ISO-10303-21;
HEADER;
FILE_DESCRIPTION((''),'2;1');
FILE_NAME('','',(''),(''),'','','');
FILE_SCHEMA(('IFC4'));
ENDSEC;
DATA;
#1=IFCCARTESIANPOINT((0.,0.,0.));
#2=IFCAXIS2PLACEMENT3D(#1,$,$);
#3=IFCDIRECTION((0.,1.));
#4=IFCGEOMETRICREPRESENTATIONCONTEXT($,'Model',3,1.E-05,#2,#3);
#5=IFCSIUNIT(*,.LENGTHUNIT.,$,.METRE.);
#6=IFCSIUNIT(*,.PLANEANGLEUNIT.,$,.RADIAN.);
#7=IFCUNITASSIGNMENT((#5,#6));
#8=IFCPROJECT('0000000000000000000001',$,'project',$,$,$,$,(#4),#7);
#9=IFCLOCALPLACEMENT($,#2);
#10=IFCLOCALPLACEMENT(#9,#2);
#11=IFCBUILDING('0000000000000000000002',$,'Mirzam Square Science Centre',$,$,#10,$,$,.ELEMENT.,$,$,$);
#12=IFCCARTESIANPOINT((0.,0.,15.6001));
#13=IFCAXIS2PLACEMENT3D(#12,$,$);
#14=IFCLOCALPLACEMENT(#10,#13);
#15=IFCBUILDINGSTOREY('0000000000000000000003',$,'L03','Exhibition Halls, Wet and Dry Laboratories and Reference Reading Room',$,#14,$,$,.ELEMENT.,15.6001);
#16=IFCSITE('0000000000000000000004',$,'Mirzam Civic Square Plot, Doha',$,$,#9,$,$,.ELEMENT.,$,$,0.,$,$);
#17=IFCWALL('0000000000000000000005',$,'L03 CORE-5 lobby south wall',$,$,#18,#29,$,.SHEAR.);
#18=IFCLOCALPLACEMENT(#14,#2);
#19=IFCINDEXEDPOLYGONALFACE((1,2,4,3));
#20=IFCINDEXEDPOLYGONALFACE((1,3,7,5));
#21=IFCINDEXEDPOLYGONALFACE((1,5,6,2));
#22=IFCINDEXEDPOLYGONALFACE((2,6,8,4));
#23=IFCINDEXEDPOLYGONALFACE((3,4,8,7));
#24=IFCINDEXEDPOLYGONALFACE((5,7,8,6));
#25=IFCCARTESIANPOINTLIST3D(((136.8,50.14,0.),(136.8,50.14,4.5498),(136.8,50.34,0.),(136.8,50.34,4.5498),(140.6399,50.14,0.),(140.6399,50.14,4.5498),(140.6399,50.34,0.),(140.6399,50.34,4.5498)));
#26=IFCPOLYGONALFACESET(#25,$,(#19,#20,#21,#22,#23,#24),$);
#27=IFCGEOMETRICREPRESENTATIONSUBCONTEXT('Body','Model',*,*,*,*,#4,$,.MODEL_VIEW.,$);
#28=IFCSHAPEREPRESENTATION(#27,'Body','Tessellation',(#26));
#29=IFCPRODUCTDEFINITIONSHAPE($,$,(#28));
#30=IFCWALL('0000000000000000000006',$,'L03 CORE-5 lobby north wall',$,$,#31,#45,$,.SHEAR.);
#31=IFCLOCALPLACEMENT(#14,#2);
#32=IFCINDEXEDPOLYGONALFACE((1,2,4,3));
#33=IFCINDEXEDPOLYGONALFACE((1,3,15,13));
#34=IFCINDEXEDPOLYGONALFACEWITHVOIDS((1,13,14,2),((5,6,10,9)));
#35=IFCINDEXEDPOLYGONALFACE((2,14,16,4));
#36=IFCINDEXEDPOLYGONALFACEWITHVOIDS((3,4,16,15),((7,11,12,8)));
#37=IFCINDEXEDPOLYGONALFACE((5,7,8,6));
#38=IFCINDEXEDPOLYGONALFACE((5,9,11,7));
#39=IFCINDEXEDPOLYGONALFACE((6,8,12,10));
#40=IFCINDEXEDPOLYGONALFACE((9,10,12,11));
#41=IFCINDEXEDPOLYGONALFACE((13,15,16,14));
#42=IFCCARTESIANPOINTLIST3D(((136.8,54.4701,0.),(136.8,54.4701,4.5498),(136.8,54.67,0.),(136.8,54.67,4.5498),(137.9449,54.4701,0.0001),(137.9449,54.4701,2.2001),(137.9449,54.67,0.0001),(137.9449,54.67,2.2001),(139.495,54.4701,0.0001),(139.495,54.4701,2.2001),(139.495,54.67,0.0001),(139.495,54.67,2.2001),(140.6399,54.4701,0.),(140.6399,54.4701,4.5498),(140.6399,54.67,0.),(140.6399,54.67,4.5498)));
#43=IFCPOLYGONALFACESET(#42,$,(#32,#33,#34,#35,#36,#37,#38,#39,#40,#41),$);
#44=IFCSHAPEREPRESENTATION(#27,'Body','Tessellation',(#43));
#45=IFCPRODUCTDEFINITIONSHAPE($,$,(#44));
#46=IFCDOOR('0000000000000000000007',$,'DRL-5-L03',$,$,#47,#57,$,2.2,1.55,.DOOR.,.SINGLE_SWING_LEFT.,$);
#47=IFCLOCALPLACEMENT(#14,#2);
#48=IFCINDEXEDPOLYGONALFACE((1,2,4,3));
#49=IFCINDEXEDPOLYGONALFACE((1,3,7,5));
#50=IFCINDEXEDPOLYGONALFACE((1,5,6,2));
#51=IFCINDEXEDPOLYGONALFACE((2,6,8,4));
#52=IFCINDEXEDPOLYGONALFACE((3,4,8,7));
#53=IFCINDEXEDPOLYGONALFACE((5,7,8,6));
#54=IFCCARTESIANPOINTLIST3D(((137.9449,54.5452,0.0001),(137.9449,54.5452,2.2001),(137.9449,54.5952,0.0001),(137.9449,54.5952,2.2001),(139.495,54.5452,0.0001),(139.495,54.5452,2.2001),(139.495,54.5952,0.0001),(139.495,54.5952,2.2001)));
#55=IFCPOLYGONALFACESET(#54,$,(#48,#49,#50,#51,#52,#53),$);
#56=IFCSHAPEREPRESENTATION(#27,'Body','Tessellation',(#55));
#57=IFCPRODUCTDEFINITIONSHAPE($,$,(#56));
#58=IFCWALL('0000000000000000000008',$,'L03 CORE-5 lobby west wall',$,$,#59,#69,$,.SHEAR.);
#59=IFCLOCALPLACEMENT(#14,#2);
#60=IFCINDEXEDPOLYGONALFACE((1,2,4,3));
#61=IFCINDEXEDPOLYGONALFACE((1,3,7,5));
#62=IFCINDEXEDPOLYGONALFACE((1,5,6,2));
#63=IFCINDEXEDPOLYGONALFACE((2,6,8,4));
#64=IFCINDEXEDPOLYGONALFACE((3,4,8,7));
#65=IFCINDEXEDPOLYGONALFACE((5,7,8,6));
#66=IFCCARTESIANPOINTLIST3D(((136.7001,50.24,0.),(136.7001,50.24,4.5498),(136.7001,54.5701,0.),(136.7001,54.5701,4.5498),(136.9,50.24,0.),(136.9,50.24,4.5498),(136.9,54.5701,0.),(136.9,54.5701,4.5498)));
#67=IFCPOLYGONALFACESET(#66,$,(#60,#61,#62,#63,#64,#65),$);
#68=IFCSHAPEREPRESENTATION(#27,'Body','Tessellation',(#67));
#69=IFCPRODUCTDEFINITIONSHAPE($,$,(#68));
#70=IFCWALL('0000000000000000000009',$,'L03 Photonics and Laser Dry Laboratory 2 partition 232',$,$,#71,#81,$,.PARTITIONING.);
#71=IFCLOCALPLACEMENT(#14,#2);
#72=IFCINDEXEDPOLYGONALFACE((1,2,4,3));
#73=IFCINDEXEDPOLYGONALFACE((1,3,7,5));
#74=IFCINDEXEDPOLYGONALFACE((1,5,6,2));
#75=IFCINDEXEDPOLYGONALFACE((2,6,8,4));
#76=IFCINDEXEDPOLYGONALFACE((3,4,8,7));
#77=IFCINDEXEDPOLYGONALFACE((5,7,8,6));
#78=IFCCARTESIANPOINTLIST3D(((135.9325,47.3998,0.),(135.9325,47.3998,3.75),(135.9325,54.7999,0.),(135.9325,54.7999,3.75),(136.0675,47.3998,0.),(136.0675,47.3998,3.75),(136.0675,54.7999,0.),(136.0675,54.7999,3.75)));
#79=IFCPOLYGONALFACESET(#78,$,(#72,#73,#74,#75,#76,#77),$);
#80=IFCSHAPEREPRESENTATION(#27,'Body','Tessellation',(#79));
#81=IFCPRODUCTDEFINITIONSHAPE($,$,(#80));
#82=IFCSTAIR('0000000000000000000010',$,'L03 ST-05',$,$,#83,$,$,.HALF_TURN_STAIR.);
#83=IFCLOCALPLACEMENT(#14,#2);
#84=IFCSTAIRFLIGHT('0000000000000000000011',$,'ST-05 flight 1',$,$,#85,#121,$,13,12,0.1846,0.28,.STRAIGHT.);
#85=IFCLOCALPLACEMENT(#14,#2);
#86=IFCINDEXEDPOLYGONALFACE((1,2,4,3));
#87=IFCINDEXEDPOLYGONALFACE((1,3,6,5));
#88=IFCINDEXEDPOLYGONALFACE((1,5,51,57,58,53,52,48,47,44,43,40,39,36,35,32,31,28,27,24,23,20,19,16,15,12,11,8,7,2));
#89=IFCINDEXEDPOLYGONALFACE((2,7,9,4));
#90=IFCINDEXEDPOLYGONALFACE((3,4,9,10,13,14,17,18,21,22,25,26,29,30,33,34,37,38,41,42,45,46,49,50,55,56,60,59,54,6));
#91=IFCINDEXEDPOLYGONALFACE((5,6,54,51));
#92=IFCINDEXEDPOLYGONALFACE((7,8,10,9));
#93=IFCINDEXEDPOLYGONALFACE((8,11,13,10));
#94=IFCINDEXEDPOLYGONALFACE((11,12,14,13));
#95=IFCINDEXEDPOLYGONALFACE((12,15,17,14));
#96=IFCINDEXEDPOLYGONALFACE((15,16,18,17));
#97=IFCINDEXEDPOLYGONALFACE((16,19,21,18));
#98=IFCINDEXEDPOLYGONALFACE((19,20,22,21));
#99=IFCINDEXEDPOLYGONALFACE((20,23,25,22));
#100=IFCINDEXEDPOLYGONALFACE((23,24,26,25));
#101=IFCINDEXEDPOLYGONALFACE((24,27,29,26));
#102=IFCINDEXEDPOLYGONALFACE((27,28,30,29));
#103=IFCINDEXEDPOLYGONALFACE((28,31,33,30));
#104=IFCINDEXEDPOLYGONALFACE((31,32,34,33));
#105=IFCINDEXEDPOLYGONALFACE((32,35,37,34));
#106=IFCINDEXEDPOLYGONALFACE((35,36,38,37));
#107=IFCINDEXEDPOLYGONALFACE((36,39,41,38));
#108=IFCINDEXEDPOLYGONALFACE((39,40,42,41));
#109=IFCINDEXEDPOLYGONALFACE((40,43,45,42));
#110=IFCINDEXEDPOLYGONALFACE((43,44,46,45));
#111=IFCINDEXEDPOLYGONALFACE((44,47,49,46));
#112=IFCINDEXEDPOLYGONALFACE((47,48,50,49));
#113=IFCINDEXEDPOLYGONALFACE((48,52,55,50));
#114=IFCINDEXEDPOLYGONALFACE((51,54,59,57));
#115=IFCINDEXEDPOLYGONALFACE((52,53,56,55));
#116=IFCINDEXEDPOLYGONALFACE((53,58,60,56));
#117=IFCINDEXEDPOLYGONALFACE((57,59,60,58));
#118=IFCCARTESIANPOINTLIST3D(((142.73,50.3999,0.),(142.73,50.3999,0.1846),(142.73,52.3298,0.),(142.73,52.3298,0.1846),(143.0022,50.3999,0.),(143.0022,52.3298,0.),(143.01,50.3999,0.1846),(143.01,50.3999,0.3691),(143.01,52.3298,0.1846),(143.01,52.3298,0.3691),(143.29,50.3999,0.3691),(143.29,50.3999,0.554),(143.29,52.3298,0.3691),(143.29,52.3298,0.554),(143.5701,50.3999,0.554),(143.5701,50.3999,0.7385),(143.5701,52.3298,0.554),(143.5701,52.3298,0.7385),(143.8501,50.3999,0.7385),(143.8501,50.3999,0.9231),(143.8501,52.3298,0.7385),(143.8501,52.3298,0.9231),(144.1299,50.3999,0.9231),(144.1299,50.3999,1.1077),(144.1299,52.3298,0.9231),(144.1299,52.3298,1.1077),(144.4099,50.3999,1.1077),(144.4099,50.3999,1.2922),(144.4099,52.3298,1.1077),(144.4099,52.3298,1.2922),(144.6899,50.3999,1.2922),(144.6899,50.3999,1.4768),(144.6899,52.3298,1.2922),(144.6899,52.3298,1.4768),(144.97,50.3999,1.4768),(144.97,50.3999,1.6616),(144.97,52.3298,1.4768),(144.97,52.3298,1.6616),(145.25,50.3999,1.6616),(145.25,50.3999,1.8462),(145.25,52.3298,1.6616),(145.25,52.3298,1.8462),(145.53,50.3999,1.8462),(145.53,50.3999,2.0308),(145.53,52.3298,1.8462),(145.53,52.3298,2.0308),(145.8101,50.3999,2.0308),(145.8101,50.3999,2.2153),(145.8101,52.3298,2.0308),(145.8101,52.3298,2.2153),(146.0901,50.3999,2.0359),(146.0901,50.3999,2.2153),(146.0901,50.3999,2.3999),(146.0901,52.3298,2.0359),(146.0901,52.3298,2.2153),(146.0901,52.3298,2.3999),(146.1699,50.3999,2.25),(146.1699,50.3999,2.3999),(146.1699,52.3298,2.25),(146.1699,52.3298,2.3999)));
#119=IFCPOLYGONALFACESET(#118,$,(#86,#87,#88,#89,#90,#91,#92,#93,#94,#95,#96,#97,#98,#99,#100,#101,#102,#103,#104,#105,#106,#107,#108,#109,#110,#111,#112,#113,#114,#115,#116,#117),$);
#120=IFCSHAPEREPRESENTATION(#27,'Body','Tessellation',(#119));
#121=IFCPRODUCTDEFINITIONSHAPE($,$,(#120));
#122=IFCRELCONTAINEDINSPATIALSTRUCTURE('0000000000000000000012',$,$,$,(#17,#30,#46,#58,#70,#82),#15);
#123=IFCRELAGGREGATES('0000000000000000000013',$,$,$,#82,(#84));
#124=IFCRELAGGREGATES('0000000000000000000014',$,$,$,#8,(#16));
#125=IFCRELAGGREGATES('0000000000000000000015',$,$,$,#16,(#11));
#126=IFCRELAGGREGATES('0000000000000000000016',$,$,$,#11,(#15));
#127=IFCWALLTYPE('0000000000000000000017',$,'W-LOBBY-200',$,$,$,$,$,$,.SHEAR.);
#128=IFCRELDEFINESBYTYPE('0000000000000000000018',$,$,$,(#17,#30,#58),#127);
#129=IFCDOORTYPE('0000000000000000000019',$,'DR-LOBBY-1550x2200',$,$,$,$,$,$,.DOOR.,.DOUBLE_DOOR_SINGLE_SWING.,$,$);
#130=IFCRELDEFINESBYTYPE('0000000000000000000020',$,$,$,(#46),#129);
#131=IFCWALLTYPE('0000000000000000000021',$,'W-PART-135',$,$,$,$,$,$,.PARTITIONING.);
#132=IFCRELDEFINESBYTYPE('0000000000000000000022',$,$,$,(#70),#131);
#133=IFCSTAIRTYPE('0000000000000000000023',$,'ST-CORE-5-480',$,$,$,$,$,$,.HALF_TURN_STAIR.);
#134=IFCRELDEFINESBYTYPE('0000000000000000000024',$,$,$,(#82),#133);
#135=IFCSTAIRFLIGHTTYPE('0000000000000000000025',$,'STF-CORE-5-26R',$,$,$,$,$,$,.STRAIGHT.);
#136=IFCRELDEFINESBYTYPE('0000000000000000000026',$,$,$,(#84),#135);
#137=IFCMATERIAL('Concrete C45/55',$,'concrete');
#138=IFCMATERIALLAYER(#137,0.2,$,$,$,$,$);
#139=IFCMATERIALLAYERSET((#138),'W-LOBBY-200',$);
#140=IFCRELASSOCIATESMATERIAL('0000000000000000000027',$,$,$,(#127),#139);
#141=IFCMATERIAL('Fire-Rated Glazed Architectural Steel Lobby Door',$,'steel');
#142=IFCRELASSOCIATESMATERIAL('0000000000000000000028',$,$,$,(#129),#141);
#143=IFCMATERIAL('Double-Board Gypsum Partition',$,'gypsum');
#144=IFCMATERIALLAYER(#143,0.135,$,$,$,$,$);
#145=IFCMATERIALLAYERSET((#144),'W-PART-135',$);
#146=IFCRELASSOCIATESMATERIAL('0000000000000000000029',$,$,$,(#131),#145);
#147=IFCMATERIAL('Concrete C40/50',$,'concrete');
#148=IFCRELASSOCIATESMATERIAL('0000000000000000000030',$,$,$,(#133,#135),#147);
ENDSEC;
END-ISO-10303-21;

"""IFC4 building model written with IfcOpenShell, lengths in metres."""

from ifc_helpers import new_model, si_unit, direction, frame, frame_2d, origin, place, context, subcontext, project, spatial, polyline, rectangle, outline, extrude, material, layer, layer_set, type_object, element, fill, aggregate, save


model = new_model("IFC4")

# Units and contexts
model_context = context("Model", 3, precision=1e-05, world=origin(), true_north=direction((0.0, 1.0)))
body_context = subcontext(model_context, "Body", "Model", "MODEL_VIEW")
ifc_project = project(units=[si_unit("LENGTHUNIT", "METRE"), si_unit("PLANEANGLEUNIT", "RADIAN")], contexts=[model_context])

# Site, building, storey
site_placement = place(None, origin())
site = spatial("IfcSite", under=ifc_project, at=site_placement, Name="Mirzam Civic Square Plot, Doha", CompositionType="ELEMENT", RefElevation=0.0)
building_placement = place(site_placement, origin())
building = spatial("IfcBuilding", under=site, at=building_placement, Name="Mirzam Square Science Centre", CompositionType="ELEMENT")
storey_placement = place(building_placement, frame((0.0, 0.0, 15.6001)))
storey = spatial("IfcBuildingStorey", under=building, at=storey_placement, Name="L03", Description="Exhibition Halls, Wet and Dry Laboratories and Reference Reading Room", CompositionType="ELEMENT", Elevation=15.6001)

# Shared definitions
ifc_material_1 = material(Name="Concrete C45/55", Category="concrete")

# Wall
ifc_layer_1 = layer(ifc_material_1, 0.2)
ifc_layer_set_1 = layer_set([ifc_layer_1], Name="W-LOBBY-200")
wall_type_1 = type_object("IfcWallType", Name="W-LOBBY-200", PredefinedType="SHEAR", material=ifc_layer_set_1)
wall_1_placement = place(storey_placement, frame((136.8, 50.24, 0.0), z_axis=(0.0, 0.0, 1.0), x_axis=(1.0, 0.0, 0.0)))
element("IfcWall", 1, at=wall_1_placement, inside=storey, type_object=wall_type_1, Name="L03 CORE-5 lobby south wall", PredefinedType="SHEAR", context=body_context, shape_type="SweptSolid", body=[
    extrude(rectangle(XDim=3.8398, YDim=0.2, at=frame_2d((1.9199, 0.0))), origin(), (0.0, 0.0, 1.0), 4.5498),
])

# Wall, opening, door
wall_2_placement = place(storey_placement, frame((140.6399, 54.5701, 0.0), z_axis=(0.0, 0.0, 1.0), x_axis=(-1.0, 0.0, 0.0)))
wall_2 = element("IfcWall", 2, at=wall_2_placement, inside=storey, type_object=wall_type_1, Name="L03 CORE-5 lobby north wall", PredefinedType="SHEAR", context=body_context, shape_type="SweptSolid", body=[
    extrude(rectangle(XDim=3.8398, YDim=0.2, at=frame_2d((1.9199, 0.0))), origin(), (0.0, 0.0, 1.0), 4.5498),
])
opening_1_placement = place(wall_2_placement, frame((1.145, 0.0, 0.0)))
opening_1 = element("IfcOpeningElement", 3, at=opening_1_placement, cuts=wall_2, PredefinedType="OPENING", context=body_context, shape_type="SweptSolid", body=[
    extrude(rectangle(XDim=1.55, YDim=2.2, at=frame_2d((0.7749, 1.1001))), frame((0.0, 0.1099, 0.0), z_axis=(0.0, -1.0, 0.0), x_axis=(1.0, 0.0, 0.0)), (0.0, 0.0, 1.0), 0.22),
])
ifc_material_2 = material(Name="Fire-Rated Glazed Architectural Steel Lobby Door", Category="steel")
door_type_1 = type_object("IfcDoorType", Name="DR-LOBBY-1550x2200", OperationType="DOUBLE_DOOR_SINGLE_SWING", PredefinedType="DOOR", material=ifc_material_2)
door_1_placement = place(opening_1_placement, origin())
door_1 = element("IfcDoor", 4, at=door_1_placement, inside=storey, type_object=door_type_1, Name="DRL-5-L03", OperationType="SINGLE_SWING_LEFT", OverallHeight=2.2, OverallWidth=1.55, PredefinedType="DOOR", context=body_context, shape_type="SweptSolid", body=[
    extrude(rectangle(XDim=1.55, YDim=2.2, at=frame_2d((0.7749, 1.1001))), frame((0.0, 0.0249, 0.0), z_axis=(0.0, -1.0, 0.0), x_axis=(1.0, 0.0, 0.0)), (0.0, 0.0, 1.0), 0.05),
])
fill(opening_1, door_1)

# Walls
wall_3_placement = place(storey_placement, frame((136.8, 54.5701, 0.0), z_axis=(0.0, 0.0, 1.0), x_axis=(0.0, -1.0, 0.0)))
element("IfcWall", 5, at=wall_3_placement, inside=storey, type_object=wall_type_1, Name="L03 CORE-5 lobby west wall", PredefinedType="SHEAR", context=body_context, shape_type="SweptSolid", body=[
    extrude(rectangle(XDim=4.3301, YDim=0.2, at=frame_2d((2.165, 0.0))), origin(), (0.0, 0.0, 1.0), 4.5498),
])
ifc_material_3 = material(Name="Double-Board Gypsum Partition", Category="gypsum")
ifc_layer_2 = layer(ifc_material_3, 0.135)
ifc_layer_set_2 = layer_set([ifc_layer_2], Name="W-PART-135")
wall_type_2 = type_object("IfcWallType", Name="W-PART-135", PredefinedType="PARTITIONING", material=ifc_layer_set_2)
wall_4_placement = place(storey_placement, frame((136.0, 54.8, 0.0), z_axis=(0.0, 0.0, 1.0), x_axis=(0.0, -1.0, 0.0)))
element("IfcWall", 6, at=wall_4_placement, inside=storey, type_object=wall_type_2, Name="L03 Photonics and Laser Dry Laboratory 2 partition 232", PredefinedType="PARTITIONING", context=body_context, shape_type="SweptSolid", body=[
    extrude(rectangle(XDim=7.4001, YDim=0.135, at=frame_2d((3.7002, 0.0))), origin(), (0.0, 0.0, 1.0), 3.75),
])

# Stair, stair flight
ifc_material_4 = material(Name="Concrete C40/50", Category="concrete")
stair_type = type_object("IfcStairType", Name="ST-CORE-5-480", PredefinedType="HALF_TURN_STAIR", material=ifc_material_4)
stair_placement = place(storey_placement, origin())
stair = element("IfcStair", 7, at=stair_placement, inside=storey, type_object=stair_type, Name="L03 ST-05", PredefinedType="HALF_TURN_STAIR")
stair_flight_type = type_object("IfcStairFlightType", Name="STF-CORE-5-26R", PredefinedType="STRAIGHT", material=ifc_material_4)
stair_flight_placement = place(storey_placement, frame((142.73, 51.365, 0.0), z_axis=(0.0, 0.0, 1.0), x_axis=(1.0, 0.0, 0.0)))
stair_flight = element("IfcStairFlight", 8, at=stair_flight_placement, type_object=stair_flight_type, Name="ST-05 flight 1", NumberOfRisers=13, NumberOfTreads=12, PredefinedType="STRAIGHT", RiserHeight=0.1846, TreadLength=0.28, context=body_context, shape_type="SweptSolid", body=[
    extrude(outline(polyline([(0.0, 0.0), (0.0, 0.1846), (0.28, 0.1846), (0.28, 0.3691), (0.5601, 0.3691), (0.5601, 0.554), (0.8401, 0.554), (0.8401, 0.7385), (1.1201, 0.7385), (1.1201, 0.9231), (1.3999, 0.9231), (1.3999, 1.1077), (1.6799, 1.1077), (1.6799, 1.2922), (1.96, 1.2922), (1.96, 1.4768), (2.24, 1.4768), (2.24, 1.6616), (2.52, 1.6616), (2.52, 1.8462), (2.8, 1.8462), (2.8, 2.0308), (3.0801, 2.0308), (3.0801, 2.2153), (3.3601, 2.2153), (3.3601, 2.3999), (3.4399, 2.3999), (3.4399, 2.25), (3.3601, 2.0359), (0.2722, 0.0), (0.0, 0.0)])), frame((0.0, 0.9648, 0.0), z_axis=(0.0, -1.0, 0.0), x_axis=(1.0, 0.0, 0.0)), (0.0, 0.0, 1.0), 1.9299),
])
aggregate(stair, [stair_flight])

save(model, "model.ifc")
